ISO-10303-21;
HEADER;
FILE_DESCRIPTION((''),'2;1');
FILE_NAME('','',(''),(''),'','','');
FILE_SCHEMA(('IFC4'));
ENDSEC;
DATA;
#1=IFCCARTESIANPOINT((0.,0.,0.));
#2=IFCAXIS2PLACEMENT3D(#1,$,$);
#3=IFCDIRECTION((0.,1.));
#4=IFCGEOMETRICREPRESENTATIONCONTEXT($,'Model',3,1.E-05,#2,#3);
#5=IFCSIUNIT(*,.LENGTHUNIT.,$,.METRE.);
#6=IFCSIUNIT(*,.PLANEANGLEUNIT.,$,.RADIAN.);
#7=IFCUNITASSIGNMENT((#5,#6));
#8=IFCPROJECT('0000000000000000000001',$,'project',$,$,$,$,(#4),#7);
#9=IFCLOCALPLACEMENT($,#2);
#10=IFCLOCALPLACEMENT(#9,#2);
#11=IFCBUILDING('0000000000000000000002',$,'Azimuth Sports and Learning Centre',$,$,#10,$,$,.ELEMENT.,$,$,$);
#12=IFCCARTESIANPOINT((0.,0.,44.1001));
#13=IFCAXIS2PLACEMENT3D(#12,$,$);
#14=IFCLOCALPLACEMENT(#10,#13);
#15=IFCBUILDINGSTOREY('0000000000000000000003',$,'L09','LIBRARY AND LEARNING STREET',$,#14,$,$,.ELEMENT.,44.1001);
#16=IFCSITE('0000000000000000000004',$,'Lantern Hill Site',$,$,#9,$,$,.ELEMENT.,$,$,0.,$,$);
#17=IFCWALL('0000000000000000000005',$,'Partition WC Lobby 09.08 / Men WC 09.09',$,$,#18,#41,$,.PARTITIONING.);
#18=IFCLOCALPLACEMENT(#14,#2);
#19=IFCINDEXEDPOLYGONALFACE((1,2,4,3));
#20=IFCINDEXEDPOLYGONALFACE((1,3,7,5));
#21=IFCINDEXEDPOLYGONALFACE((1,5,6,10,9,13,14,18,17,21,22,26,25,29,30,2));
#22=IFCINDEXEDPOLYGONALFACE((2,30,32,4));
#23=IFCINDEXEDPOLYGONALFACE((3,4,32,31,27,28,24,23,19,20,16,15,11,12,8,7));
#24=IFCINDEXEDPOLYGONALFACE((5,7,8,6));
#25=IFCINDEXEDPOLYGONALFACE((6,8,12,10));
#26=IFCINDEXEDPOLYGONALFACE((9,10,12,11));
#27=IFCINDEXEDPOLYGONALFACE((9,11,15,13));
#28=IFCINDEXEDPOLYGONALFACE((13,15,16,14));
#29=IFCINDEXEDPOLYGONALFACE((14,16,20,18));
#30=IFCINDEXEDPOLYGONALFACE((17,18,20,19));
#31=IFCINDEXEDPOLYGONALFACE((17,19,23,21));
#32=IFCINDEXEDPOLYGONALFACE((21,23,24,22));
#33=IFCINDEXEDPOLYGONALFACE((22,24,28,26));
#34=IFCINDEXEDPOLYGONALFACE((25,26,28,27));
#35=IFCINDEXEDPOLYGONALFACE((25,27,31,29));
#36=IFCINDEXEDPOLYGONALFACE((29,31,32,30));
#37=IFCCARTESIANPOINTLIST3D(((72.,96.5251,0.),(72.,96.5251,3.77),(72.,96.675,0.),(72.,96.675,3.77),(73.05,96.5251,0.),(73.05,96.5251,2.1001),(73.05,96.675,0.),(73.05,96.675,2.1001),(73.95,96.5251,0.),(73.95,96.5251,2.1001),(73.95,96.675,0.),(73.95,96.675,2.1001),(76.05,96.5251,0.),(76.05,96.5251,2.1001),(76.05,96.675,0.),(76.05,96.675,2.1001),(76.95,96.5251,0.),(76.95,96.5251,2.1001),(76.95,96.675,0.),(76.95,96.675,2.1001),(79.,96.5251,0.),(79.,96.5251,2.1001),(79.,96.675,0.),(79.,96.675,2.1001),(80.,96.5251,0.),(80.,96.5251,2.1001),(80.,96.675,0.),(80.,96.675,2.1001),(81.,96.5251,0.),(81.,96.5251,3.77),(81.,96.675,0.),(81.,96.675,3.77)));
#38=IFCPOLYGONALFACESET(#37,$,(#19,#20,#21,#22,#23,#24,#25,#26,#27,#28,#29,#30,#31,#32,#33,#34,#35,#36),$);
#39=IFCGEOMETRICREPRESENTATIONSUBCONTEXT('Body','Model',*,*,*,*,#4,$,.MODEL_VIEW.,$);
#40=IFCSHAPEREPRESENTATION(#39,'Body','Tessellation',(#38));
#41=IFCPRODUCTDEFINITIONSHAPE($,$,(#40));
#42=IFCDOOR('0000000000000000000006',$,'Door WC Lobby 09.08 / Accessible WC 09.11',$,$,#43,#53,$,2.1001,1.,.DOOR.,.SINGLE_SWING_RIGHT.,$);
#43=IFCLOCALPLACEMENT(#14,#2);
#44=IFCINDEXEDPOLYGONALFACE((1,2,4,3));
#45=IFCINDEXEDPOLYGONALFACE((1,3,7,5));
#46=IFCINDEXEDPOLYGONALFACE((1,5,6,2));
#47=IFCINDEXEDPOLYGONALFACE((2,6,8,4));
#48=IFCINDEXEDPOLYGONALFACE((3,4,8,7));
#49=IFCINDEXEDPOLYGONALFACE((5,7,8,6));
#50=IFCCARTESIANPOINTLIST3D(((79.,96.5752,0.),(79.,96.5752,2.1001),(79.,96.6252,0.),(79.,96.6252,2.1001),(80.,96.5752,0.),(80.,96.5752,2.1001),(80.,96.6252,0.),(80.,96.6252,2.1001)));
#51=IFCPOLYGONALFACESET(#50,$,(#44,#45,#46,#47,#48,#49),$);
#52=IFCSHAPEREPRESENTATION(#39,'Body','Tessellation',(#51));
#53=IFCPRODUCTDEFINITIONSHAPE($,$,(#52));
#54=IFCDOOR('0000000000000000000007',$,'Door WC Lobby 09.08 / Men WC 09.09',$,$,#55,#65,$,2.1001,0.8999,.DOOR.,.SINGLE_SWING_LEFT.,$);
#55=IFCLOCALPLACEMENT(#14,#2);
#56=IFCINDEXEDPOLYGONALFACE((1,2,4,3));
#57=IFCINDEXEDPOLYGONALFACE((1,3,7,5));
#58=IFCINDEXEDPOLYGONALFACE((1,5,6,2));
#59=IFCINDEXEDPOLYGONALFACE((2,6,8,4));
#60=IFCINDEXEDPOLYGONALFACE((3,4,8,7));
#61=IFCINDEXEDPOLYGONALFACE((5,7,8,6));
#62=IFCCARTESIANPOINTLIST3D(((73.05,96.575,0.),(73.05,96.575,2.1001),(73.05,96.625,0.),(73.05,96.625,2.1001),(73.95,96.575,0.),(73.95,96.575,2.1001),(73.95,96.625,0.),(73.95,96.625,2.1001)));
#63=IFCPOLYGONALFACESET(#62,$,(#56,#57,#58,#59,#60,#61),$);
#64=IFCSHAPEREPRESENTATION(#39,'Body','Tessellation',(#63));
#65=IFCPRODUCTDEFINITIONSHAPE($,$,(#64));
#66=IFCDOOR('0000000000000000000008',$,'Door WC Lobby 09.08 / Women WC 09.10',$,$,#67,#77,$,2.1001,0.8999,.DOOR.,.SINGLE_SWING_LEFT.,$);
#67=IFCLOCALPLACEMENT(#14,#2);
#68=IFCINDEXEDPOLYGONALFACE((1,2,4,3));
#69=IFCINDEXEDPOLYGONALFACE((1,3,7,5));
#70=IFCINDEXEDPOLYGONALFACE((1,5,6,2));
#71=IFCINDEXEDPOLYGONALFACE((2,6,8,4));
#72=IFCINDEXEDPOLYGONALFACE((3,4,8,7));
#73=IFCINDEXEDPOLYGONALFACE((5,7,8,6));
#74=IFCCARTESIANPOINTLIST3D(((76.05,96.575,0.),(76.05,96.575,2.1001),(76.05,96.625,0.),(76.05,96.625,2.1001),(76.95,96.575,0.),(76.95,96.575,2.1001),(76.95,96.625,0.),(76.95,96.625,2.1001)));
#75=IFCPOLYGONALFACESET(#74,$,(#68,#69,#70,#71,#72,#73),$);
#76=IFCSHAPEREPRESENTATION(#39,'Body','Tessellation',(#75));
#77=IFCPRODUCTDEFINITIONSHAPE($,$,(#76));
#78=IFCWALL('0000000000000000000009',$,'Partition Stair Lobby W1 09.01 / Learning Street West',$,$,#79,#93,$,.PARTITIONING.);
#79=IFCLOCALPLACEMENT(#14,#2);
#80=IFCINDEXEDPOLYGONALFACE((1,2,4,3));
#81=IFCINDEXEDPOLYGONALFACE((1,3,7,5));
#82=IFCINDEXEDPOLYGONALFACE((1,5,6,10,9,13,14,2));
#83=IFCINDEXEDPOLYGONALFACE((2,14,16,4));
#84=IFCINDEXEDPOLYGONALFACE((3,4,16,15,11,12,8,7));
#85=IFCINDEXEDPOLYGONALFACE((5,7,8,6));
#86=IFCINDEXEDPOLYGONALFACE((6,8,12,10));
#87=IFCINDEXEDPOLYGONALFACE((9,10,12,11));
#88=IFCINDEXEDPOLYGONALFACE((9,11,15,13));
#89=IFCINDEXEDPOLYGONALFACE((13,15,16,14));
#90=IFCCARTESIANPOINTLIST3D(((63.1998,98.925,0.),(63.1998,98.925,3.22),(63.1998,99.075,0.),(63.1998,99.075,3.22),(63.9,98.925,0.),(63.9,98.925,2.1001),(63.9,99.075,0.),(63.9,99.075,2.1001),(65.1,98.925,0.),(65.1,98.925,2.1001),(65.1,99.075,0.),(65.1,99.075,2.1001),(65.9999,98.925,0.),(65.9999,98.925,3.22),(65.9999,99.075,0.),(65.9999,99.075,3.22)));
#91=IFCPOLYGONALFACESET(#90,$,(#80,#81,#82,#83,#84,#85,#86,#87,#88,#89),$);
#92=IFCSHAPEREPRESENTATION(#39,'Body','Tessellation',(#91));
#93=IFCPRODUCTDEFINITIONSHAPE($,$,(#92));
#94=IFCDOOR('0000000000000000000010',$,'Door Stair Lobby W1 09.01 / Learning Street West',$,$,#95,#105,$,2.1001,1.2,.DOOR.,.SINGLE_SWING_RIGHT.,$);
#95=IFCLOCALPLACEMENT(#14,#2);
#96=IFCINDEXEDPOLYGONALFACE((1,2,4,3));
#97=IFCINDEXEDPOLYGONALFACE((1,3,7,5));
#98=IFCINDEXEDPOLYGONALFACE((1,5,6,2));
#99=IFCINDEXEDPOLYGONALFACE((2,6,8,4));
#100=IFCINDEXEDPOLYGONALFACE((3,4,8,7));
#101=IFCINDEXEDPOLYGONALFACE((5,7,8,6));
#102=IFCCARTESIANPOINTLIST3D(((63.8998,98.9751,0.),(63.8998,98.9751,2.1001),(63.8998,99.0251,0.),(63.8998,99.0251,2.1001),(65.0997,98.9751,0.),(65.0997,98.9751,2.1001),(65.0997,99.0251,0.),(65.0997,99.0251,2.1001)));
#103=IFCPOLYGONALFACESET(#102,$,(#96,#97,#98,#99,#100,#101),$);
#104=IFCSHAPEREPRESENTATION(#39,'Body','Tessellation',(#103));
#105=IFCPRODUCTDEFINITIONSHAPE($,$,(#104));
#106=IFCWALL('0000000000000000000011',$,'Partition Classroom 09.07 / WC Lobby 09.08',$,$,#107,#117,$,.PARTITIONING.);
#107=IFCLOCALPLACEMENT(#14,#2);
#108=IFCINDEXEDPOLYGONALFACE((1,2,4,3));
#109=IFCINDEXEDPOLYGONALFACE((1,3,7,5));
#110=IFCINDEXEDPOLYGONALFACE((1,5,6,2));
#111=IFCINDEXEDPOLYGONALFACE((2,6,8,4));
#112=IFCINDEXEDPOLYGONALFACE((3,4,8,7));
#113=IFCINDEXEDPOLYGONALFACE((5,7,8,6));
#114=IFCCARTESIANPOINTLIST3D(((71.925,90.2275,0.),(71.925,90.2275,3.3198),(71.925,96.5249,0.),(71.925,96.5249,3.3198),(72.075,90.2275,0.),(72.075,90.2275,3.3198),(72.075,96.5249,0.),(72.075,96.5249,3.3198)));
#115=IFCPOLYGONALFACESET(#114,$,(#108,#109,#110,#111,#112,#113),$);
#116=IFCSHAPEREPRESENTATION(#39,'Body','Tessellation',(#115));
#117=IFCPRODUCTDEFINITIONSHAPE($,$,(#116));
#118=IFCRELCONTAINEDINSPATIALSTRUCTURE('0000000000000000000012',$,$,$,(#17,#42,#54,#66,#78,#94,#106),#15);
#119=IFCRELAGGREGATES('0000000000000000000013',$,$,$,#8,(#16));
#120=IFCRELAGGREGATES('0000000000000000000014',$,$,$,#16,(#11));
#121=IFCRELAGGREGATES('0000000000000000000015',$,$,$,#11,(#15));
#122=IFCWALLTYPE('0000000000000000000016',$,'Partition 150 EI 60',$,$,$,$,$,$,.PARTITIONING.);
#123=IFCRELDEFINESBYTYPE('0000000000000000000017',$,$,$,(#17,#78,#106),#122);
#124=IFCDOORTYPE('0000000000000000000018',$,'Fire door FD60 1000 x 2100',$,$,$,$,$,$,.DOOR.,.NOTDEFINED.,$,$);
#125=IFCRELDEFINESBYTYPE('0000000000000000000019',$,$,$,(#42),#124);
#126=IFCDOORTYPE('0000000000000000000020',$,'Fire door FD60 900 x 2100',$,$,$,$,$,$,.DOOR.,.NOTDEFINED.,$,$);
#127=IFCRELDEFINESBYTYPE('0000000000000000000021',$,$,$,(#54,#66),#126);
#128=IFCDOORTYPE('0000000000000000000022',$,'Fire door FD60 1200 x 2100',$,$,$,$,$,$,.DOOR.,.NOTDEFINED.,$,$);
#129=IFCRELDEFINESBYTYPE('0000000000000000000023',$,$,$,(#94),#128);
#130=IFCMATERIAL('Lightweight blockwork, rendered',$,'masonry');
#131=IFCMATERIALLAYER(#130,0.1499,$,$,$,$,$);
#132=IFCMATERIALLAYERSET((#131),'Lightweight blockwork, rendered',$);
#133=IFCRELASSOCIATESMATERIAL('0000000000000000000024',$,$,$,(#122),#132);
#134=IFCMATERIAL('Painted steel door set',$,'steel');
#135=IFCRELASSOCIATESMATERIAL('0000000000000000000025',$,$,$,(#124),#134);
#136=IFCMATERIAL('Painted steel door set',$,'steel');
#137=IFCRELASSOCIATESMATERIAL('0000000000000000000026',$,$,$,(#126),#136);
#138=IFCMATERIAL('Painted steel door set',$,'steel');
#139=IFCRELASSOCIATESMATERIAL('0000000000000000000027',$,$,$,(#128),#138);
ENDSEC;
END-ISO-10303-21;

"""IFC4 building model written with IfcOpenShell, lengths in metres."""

from ifc_helpers import new_model, si_unit, direction, frame, frame_2d, origin, place, context, subcontext, project, spatial, rectangle, extrude, material, layer, layer_set, type_object, element, fill, save


model = new_model("IFC4")

# Units and contexts
model_context = context("Model", 3, precision=1e-05, world=origin(), true_north=direction((0.0, 1.0)))
body_context = subcontext(model_context, "Body", "Model", "MODEL_VIEW")
ifc_project = project(units=[si_unit("LENGTHUNIT", "METRE"), si_unit("PLANEANGLEUNIT", "RADIAN")], contexts=[model_context])

# Site, building, storey
site_placement = place(None, origin())
site = spatial("IfcSite", under=ifc_project, at=site_placement, Name="Lantern Hill Site", CompositionType="ELEMENT", RefElevation=0.0)
building_placement = place(site_placement, origin())
building = spatial("IfcBuilding", under=site, at=building_placement, Name="Azimuth Sports and Learning Centre", CompositionType="ELEMENT")
storey_placement = place(building_placement, frame((0.0, 0.0, 44.1001)))
storey = spatial("IfcBuildingStorey", under=building, at=storey_placement, Name="L09", Description="LIBRARY AND LEARNING STREET", CompositionType="ELEMENT", Elevation=44.1001)

# Wall, openings, doors
ifc_material_1 = material(Name="Lightweight blockwork, rendered", Category="masonry")
ifc_layer_1 = layer(ifc_material_1, 0.1499)
ifc_layer_set_1 = layer_set([ifc_layer_1], Name="Lightweight blockwork, rendered")
wall_type_1 = type_object("IfcWallType", Name="Partition 150 EI 60", PredefinedType="PARTITIONING", material=ifc_layer_set_1)
wall_1_placement = place(storey_placement, frame((72.0, 96.6001, 0.0), z_axis=(0.0, 0.0, 1.0), x_axis=(1.0, 0.0, 0.0)))
wall_1 = element("IfcWall", 1, at=wall_1_placement, inside=storey, type_object=wall_type_1, Name="Partition WC Lobby 09.08 / Men WC 09.09", PredefinedType="PARTITIONING", context=body_context, shape_type="SweptSolid", body=[
    extrude(rectangle(XDim=9.0, YDim=0.1499, at=frame_2d((4.5, 0.0))), origin(), (0.0, 0.0, 1.0), 3.77),
])
opening_1_placement = place(wall_1_placement, frame((1.05, 0.0, 0.0)))
opening_1 = element("IfcOpeningElement", 2, at=opening_1_placement, cuts=wall_1, PredefinedType="OPENING", context=body_context, shape_type="SweptSolid", body=[
    extrude(rectangle(XDim=0.8999, YDim=2.1001, at=frame_2d((0.45, 1.05))), frame((0.0, 0.0859, 0.0), z_axis=(0.0, -1.0, 0.0), x_axis=(1.0, 0.0, 0.0)), (0.0, 0.0, 1.0), 0.1719),
])
opening_2_placement = place(wall_1_placement, frame((4.05, 0.0, 0.0)))
opening_2 = element("IfcOpeningElement", 3, at=opening_2_placement, cuts=wall_1, PredefinedType="OPENING", context=body_context, shape_type="SweptSolid", body=[
    extrude(rectangle(XDim=0.8999, YDim=2.1001, at=frame_2d((0.45, 1.05))), frame((0.0, 0.0859, 0.0), z_axis=(0.0, -1.0, 0.0), x_axis=(1.0, 0.0, 0.0)), (0.0, 0.0, 1.0), 0.1719),
])
opening_3_placement = place(wall_1_placement, frame((7.0, 0.0, 0.0)))
opening_3 = element("IfcOpeningElement", 4, at=opening_3_placement, cuts=wall_1, PredefinedType="OPENING", context=body_context, shape_type="SweptSolid", body=[
    extrude(rectangle(XDim=1.0, YDim=2.1001, at=frame_2d((0.5, 1.05))), frame((0.0, 0.0859, 0.0), z_axis=(0.0, -1.0, 0.0), x_axis=(1.0, 0.0, 0.0)), (0.0, 0.0, 1.0), 0.1719),
])
ifc_material_2 = material(Name="Painted steel door set", Category="steel")
door_type_1 = type_object("IfcDoorType", Name="Fire door FD60 1000 x 2100", OperationType="NOTDEFINED", PredefinedType="DOOR", material=ifc_material_2)
door_1_placement = place(opening_3_placement, frame((1.0, 0.0, 0.0), z_axis=(0.0, 0.0, 1.0), x_axis=(-1.0, 0.0, 0.0)))
door_1 = element("IfcDoor", 5, at=door_1_placement, inside=storey, type_object=door_type_1, Name="Door WC Lobby 09.08 / Accessible WC 09.11", OperationType="SINGLE_SWING_RIGHT", OverallHeight=2.1001, OverallWidth=1.0, PredefinedType="DOOR", context=body_context, shape_type="SweptSolid", body=[
    extrude(rectangle(XDim=1.0, YDim=2.1001, at=frame_2d((0.5, 1.05))), frame((0.0, 0.0249, 0.0), z_axis=(0.0, -1.0, 0.0), x_axis=(1.0, 0.0, 0.0)), (0.0, 0.0, 1.0), 0.05),
])
fill(opening_3, door_1)
ifc_material_3 = material(Name="Painted steel door set", Category="steel")
door_type_2 = type_object("IfcDoorType", Name="Fire door FD60 900 x 2100", OperationType="NOTDEFINED", PredefinedType="DOOR", material=ifc_material_3)
door_2_placement = place(opening_1_placement, origin())
door_2 = element("IfcDoor", 6, at=door_2_placement, inside=storey, type_object=door_type_2, Name="Door WC Lobby 09.08 / Men WC 09.09", OperationType="SINGLE_SWING_LEFT", OverallHeight=2.1001, OverallWidth=0.8999, PredefinedType="DOOR", context=body_context, shape_type="SweptSolid", body=[
    extrude(rectangle(XDim=0.8999, YDim=2.1001, at=frame_2d((0.45, 1.05))), frame((0.0, 0.0249, 0.0), z_axis=(0.0, -1.0, 0.0), x_axis=(1.0, 0.0, 0.0)), (0.0, 0.0, 1.0), 0.05),
])
fill(opening_1, door_2)
door_3_placement = place(opening_2_placement, origin())
door_3 = element("IfcDoor", 7, at=door_3_placement, inside=storey, type_object=door_type_2, Name="Door WC Lobby 09.08 / Women WC 09.10", OperationType="SINGLE_SWING_LEFT", OverallHeight=2.1001, OverallWidth=0.8999, PredefinedType="DOOR", context=body_context, shape_type="SweptSolid", body=[
    extrude(rectangle(XDim=0.8999, YDim=2.1001, at=frame_2d((0.45, 1.05))), frame((0.0, 0.0249, 0.0), z_axis=(0.0, -1.0, 0.0), x_axis=(1.0, 0.0, 0.0)), (0.0, 0.0, 1.0), 0.05),
])
fill(opening_2, door_3)

# Wall, opening, door
wall_2_placement = place(storey_placement, frame((63.2, 99.0, 0.0), z_axis=(0.0, 0.0, 1.0), x_axis=(1.0, 0.0, 0.0)))
wall_2 = element("IfcWall", 8, at=wall_2_placement, inside=storey, type_object=wall_type_1, Name="Partition Stair Lobby W1 09.01 / Learning Street West", PredefinedType="PARTITIONING", context=body_context, shape_type="SweptSolid", body=[
    extrude(rectangle(XDim=2.8, YDim=0.1499, at=frame_2d((1.3999, 0.0))), origin(), (0.0, 0.0, 1.0), 3.22),
])
opening_4_placement = place(wall_2_placement, frame((0.7, 0.0, 0.0)))
opening_4 = element("IfcOpeningElement", 9, at=opening_4_placement, cuts=wall_2, PredefinedType="OPENING", context=body_context, shape_type="SweptSolid", body=[
    extrude(rectangle(XDim=1.2, YDim=2.1001, at=frame_2d((0.6001, 1.05))), frame((0.0, 0.0859, 0.0), z_axis=(0.0, -1.0, 0.0), x_axis=(1.0, 0.0, 0.0)), (0.0, 0.0, 1.0), 0.1719),
])
ifc_material_4 = material(Name="Painted steel door set", Category="steel")
door_type_3 = type_object("IfcDoorType", Name="Fire door FD60 1200 x 2100", OperationType="NOTDEFINED", PredefinedType="DOOR", material=ifc_material_4)
door_4_placement = place(opening_4_placement, frame((1.2, 0.0, 0.0), z_axis=(0.0, 0.0, 1.0), x_axis=(-1.0, 0.0, 0.0)))
door_4 = element("IfcDoor", 10, at=door_4_placement, inside=storey, type_object=door_type_3, Name="Door Stair Lobby W1 09.01 / Learning Street West", OperationType="SINGLE_SWING_RIGHT", OverallHeight=2.1001, OverallWidth=1.2, PredefinedType="DOOR", context=body_context, shape_type="SweptSolid", body=[
    extrude(rectangle(XDim=1.2, YDim=2.1001, at=frame_2d((0.6001, 1.05))), frame((0.0, 0.0249, 0.0), z_axis=(0.0, -1.0, 0.0), x_axis=(1.0, 0.0, 0.0)), (0.0, 0.0, 1.0), 0.05),
])
fill(opening_4, door_4)

# Wall
wall_3_placement = place(storey_placement, frame((72.0, 90.2275, 0.0), z_axis=(0.0, 0.0, 1.0), x_axis=(0.0, 1.0, 0.0)))
element("IfcWall", 11, at=wall_3_placement, inside=storey, type_object=wall_type_1, Name="Partition Classroom 09.07 / WC Lobby 09.08", PredefinedType="PARTITIONING", context=body_context, shape_type="SweptSolid", body=[
    extrude(rectangle(XDim=6.2974, YDim=0.1499, at=frame_2d((3.1487, 0.0))), origin(), (0.0, 0.0, 1.0), 3.3198),
])

save(model, "model.ifc")
